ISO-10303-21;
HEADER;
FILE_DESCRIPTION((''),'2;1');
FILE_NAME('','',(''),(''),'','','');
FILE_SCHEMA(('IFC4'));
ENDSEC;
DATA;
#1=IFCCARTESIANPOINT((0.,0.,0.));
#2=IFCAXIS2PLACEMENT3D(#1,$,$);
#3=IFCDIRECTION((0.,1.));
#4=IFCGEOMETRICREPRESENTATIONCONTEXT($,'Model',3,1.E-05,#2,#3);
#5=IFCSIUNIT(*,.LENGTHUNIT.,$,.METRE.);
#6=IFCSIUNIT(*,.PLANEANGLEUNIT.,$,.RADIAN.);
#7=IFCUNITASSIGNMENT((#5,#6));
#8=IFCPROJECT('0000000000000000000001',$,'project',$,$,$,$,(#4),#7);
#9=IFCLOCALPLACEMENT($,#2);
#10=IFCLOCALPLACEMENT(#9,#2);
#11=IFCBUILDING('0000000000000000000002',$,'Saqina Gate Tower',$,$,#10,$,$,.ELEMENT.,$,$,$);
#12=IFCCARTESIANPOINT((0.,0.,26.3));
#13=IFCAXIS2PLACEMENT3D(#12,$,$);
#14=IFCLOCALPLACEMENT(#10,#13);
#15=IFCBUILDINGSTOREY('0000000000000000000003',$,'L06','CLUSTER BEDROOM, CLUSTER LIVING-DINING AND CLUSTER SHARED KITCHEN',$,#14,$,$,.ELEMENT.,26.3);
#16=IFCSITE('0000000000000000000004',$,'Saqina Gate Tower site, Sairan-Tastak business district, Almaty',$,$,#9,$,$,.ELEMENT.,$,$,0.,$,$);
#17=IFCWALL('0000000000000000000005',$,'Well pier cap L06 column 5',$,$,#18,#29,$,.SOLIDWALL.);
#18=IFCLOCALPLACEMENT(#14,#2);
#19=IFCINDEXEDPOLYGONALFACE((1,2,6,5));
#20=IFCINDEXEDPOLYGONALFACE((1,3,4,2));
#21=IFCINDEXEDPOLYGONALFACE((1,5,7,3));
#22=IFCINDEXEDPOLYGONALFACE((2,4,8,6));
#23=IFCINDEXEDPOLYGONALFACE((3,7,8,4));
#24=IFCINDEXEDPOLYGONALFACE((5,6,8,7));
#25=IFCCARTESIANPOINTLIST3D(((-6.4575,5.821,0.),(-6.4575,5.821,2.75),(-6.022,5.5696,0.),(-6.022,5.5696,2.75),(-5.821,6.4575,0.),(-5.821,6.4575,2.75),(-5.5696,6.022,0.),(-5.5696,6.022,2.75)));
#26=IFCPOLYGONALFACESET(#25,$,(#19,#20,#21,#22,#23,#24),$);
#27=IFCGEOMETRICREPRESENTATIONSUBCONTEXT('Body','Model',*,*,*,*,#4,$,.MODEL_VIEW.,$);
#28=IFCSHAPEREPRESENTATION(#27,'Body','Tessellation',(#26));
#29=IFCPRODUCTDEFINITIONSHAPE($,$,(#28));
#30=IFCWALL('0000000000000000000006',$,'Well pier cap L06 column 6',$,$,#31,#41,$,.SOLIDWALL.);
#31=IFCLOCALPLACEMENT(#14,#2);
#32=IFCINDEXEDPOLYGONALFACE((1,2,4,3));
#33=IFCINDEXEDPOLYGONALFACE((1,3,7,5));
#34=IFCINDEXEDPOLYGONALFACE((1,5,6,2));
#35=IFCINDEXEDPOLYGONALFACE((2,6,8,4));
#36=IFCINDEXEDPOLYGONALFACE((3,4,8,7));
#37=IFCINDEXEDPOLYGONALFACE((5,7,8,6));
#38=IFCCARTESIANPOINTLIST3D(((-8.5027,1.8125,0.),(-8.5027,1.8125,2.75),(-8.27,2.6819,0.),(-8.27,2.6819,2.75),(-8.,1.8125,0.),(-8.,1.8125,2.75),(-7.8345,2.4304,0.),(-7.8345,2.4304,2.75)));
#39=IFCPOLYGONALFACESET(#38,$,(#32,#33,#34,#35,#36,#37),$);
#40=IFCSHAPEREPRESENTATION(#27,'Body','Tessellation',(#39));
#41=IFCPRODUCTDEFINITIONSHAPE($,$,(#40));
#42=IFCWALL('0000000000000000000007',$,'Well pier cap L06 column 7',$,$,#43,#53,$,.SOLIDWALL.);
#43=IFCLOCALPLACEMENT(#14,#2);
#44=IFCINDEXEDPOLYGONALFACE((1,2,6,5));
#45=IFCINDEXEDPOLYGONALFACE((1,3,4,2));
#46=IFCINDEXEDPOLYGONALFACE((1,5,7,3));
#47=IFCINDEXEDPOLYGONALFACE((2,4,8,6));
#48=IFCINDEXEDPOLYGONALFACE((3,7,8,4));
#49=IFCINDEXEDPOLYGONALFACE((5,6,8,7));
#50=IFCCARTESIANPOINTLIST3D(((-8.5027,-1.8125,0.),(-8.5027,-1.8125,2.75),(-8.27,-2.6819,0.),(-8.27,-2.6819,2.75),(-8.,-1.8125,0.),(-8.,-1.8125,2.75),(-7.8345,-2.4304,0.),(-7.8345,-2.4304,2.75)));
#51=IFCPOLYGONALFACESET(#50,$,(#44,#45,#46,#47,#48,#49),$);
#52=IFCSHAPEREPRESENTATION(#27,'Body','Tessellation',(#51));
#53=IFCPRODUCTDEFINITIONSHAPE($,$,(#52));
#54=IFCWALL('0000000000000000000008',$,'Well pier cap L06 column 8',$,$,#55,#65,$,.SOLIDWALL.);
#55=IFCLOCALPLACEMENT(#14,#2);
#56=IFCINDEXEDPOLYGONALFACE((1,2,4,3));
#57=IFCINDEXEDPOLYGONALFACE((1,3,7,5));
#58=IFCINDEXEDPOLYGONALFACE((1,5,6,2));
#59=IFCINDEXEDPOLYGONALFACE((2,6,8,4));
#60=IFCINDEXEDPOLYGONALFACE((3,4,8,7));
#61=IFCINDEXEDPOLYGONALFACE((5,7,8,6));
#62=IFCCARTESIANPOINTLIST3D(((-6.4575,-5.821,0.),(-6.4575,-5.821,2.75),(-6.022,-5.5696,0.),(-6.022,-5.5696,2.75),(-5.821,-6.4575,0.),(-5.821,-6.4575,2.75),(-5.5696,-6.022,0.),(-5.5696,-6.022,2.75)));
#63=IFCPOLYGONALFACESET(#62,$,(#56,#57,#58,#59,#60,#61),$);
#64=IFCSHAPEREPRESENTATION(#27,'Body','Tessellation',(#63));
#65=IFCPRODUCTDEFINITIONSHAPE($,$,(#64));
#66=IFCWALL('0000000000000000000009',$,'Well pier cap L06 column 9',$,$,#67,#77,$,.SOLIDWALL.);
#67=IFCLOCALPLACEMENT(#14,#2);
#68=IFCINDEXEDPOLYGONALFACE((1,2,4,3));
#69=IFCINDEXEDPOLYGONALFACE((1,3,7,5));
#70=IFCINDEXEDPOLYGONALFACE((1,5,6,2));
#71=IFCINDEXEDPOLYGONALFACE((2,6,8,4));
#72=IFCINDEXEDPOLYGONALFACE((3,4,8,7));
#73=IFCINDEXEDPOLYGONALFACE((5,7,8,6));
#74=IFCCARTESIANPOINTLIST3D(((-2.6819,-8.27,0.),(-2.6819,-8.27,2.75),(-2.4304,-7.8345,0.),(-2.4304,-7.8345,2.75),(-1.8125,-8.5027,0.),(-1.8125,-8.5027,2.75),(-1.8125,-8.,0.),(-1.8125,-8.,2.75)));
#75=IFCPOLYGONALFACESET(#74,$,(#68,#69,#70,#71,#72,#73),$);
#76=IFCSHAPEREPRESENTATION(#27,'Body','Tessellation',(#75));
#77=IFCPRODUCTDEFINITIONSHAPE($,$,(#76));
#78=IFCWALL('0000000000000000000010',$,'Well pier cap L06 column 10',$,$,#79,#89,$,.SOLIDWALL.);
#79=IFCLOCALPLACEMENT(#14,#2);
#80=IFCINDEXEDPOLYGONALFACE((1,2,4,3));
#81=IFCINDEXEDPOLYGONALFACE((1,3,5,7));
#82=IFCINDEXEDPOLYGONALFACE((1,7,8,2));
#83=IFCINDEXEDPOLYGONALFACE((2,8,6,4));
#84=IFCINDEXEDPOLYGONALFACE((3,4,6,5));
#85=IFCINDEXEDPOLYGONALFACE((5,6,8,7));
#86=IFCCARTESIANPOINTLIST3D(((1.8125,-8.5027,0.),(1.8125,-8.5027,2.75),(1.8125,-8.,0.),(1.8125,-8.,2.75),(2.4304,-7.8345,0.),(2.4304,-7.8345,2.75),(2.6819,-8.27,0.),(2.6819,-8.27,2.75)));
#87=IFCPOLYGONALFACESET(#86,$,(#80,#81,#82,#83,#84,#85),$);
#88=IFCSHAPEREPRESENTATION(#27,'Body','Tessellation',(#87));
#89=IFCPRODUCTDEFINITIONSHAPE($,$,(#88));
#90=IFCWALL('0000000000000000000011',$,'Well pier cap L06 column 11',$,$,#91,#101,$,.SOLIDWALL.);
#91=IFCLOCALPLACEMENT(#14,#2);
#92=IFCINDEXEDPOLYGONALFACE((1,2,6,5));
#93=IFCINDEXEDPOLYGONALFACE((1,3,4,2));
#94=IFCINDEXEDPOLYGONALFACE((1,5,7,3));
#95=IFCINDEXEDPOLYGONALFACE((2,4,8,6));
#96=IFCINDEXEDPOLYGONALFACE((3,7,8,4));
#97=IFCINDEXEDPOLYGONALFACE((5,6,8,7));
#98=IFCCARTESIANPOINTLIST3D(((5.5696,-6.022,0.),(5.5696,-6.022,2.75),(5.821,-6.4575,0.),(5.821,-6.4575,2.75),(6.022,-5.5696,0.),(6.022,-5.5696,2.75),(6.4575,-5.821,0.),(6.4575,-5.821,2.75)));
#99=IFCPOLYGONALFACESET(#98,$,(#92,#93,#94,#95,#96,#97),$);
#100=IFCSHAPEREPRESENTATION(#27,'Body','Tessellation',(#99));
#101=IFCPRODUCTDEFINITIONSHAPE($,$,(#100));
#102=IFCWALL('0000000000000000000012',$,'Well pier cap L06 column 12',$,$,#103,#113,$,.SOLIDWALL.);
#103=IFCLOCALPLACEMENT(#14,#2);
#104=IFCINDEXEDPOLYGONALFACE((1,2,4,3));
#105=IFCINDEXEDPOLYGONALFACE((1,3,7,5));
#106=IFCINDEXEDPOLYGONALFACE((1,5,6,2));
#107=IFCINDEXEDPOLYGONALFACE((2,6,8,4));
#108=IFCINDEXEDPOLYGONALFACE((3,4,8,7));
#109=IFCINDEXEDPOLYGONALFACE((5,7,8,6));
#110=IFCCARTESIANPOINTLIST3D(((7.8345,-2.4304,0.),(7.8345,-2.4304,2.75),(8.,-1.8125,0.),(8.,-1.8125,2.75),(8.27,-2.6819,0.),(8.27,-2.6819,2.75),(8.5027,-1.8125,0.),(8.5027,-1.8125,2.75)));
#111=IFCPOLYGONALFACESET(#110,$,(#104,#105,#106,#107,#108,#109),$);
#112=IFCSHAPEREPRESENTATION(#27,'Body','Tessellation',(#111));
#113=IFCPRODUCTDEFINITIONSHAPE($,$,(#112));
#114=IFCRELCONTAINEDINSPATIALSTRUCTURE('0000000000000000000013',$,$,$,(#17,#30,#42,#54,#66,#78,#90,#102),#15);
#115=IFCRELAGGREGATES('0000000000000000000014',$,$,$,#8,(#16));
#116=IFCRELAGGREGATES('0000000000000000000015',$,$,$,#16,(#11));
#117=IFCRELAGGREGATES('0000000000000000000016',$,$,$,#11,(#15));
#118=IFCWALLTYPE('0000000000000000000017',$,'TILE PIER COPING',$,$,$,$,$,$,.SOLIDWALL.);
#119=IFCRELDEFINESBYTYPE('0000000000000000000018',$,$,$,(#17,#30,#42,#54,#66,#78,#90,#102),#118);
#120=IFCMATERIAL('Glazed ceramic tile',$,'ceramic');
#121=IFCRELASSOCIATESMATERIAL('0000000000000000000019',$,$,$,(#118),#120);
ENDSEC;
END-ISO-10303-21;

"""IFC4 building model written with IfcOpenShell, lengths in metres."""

from ifc_helpers import new_model, si_unit, direction, frame, origin, place, context, subcontext, project, spatial, polyline, outline, extrude, material, type_object, element, save


model = new_model("IFC4")

# Units and contexts
model_context = context("Model", 3, precision=1e-05, world=origin(), true_north=direction((0.0, 1.0)))
body_context = subcontext(model_context, "Body", "Model", "MODEL_VIEW")
ifc_project = project(units=[si_unit("LENGTHUNIT", "METRE"), si_unit("PLANEANGLEUNIT", "RADIAN")], contexts=[model_context])

# Site, building, storey
site_placement = place(None, origin())
site = spatial("IfcSite", under=ifc_project, at=site_placement, Name="Saqina Gate Tower site, Sairan-Tastak business district, Almaty", CompositionType="ELEMENT", RefElevation=0.0)
building_placement = place(site_placement, origin())
building = spatial("IfcBuilding", under=site, at=building_placement, Name="Saqina Gate Tower", CompositionType="ELEMENT")
storey_placement = place(building_placement, frame((0.0, 0.0, 26.3)))
storey = spatial("IfcBuildingStorey", under=building, at=storey_placement, Name="L06", Description="CLUSTER BEDROOM, CLUSTER LIVING-DINING AND CLUSTER SHARED KITCHEN", CompositionType="ELEMENT", Elevation=26.3)

# Walls
ifc_material_1 = material(Name="Glazed ceramic tile", Category="ceramic")
wall_type_1 = type_object("IfcWallType", Name="TILE PIER COPING", PredefinedType="SOLIDWALL", material=ifc_material_1)
wall_1_placement = place(storey_placement, origin())
element("IfcWall", 1, at=wall_1_placement, inside=storey, type_object=wall_type_1, Name="Well pier cap L06 column 5", PredefinedType="SOLIDWALL", context=body_context, shape_type="SweptSolid", body=[
    extrude(outline(polyline([(-6.4575, 5.821), (-6.022, 5.5696), (-5.5696, 6.022), (-5.821, 6.4575), (-6.4575, 5.821)])), origin(), (0.0, 0.0, 1.0), 2.75),
])
wall_2_placement = place(storey_placement, origin())
element("IfcWall", 2, at=wall_2_placement, inside=storey, type_object=wall_type_1, Name="Well pier cap L06 column 6", PredefinedType="SOLIDWALL", context=body_context, shape_type="SweptSolid", body=[
    extrude(outline(polyline([(-8.5027, 1.8125), (-8.0, 1.8125), (-7.8345, 2.4304), (-8.27, 2.6819), (-8.5027, 1.8125)])), origin(), (0.0, 0.0, 1.0), 2.75),
])
wall_3_placement = place(storey_placement, origin())
element("IfcWall", 3, at=wall_3_placement, inside=storey, type_object=wall_type_1, Name="Well pier cap L06 column 7", PredefinedType="SOLIDWALL", context=body_context, shape_type="SweptSolid", body=[
    extrude(outline(polyline([(-8.27, -2.6819), (-7.8345, -2.4304), (-8.0, -1.8125), (-8.5027, -1.8125), (-8.27, -2.6819)])), origin(), (0.0, 0.0, 1.0), 2.75),
])
wall_4_placement = place(storey_placement, origin())
element("IfcWall", 4, at=wall_4_placement, inside=storey, type_object=wall_type_1, Name="Well pier cap L06 column 8", PredefinedType="SOLIDWALL", context=body_context, shape_type="SweptSolid", body=[
    extrude(outline(polyline([(-6.4575, -5.821), (-5.821, -6.4575), (-5.5696, -6.022), (-6.022, -5.5696), (-6.4575, -5.821)])), origin(), (0.0, 0.0, 1.0), 2.75),
])
wall_5_placement = place(storey_placement, origin())
element("IfcWall", 5, at=wall_5_placement, inside=storey, type_object=wall_type_1, Name="Well pier cap L06 column 9", PredefinedType="SOLIDWALL", context=body_context, shape_type="SweptSolid", body=[
    extrude(outline(polyline([(-1.8125, -8.5027), (-1.8125, -8.0), (-2.4304, -7.8345), (-2.6819, -8.27), (-1.8125, -8.5027)])), origin(), (0.0, 0.0, 1.0), 2.75),
])
wall_6_placement = place(storey_placement, origin())
element("IfcWall", 6, at=wall_6_placement, inside=storey, type_object=wall_type_1, Name="Well pier cap L06 column 10", PredefinedType="SOLIDWALL", context=body_context, shape_type="SweptSolid", body=[
    extrude(outline(polyline([(2.6819, -8.27), (2.4304, -7.8345), (1.8125, -8.0), (1.8125, -8.5027), (2.6819, -8.27)])), origin(), (0.0, 0.0, 1.0), 2.75),
])
wall_7_placement = place(storey_placement, origin())
element("IfcWall", 7, at=wall_7_placement, inside=storey, type_object=wall_type_1, Name="Well pier cap L06 column 11", PredefinedType="SOLIDWALL", context=body_context, shape_type="SweptSolid", body=[
    extrude(outline(polyline([(5.821, -6.4575), (6.4575, -5.821), (6.022, -5.5696), (5.5696, -6.022), (5.821, -6.4575)])), origin(), (0.0, 0.0, 1.0), 2.75),
])
wall_8_placement = place(storey_placement, origin())
element("IfcWall", 8, at=wall_8_placement, inside=storey, type_object=wall_type_1, Name="Well pier cap L06 column 12", PredefinedType="SOLIDWALL", context=body_context, shape_type="SweptSolid", body=[
    extrude(outline(polyline([(8.5027, -1.8125), (8.0, -1.8125), (7.8345, -2.4304), (8.27, -2.6819), (8.5027, -1.8125)])), origin(), (0.0, 0.0, 1.0), 2.75),
])

save(model, "model.ifc")
